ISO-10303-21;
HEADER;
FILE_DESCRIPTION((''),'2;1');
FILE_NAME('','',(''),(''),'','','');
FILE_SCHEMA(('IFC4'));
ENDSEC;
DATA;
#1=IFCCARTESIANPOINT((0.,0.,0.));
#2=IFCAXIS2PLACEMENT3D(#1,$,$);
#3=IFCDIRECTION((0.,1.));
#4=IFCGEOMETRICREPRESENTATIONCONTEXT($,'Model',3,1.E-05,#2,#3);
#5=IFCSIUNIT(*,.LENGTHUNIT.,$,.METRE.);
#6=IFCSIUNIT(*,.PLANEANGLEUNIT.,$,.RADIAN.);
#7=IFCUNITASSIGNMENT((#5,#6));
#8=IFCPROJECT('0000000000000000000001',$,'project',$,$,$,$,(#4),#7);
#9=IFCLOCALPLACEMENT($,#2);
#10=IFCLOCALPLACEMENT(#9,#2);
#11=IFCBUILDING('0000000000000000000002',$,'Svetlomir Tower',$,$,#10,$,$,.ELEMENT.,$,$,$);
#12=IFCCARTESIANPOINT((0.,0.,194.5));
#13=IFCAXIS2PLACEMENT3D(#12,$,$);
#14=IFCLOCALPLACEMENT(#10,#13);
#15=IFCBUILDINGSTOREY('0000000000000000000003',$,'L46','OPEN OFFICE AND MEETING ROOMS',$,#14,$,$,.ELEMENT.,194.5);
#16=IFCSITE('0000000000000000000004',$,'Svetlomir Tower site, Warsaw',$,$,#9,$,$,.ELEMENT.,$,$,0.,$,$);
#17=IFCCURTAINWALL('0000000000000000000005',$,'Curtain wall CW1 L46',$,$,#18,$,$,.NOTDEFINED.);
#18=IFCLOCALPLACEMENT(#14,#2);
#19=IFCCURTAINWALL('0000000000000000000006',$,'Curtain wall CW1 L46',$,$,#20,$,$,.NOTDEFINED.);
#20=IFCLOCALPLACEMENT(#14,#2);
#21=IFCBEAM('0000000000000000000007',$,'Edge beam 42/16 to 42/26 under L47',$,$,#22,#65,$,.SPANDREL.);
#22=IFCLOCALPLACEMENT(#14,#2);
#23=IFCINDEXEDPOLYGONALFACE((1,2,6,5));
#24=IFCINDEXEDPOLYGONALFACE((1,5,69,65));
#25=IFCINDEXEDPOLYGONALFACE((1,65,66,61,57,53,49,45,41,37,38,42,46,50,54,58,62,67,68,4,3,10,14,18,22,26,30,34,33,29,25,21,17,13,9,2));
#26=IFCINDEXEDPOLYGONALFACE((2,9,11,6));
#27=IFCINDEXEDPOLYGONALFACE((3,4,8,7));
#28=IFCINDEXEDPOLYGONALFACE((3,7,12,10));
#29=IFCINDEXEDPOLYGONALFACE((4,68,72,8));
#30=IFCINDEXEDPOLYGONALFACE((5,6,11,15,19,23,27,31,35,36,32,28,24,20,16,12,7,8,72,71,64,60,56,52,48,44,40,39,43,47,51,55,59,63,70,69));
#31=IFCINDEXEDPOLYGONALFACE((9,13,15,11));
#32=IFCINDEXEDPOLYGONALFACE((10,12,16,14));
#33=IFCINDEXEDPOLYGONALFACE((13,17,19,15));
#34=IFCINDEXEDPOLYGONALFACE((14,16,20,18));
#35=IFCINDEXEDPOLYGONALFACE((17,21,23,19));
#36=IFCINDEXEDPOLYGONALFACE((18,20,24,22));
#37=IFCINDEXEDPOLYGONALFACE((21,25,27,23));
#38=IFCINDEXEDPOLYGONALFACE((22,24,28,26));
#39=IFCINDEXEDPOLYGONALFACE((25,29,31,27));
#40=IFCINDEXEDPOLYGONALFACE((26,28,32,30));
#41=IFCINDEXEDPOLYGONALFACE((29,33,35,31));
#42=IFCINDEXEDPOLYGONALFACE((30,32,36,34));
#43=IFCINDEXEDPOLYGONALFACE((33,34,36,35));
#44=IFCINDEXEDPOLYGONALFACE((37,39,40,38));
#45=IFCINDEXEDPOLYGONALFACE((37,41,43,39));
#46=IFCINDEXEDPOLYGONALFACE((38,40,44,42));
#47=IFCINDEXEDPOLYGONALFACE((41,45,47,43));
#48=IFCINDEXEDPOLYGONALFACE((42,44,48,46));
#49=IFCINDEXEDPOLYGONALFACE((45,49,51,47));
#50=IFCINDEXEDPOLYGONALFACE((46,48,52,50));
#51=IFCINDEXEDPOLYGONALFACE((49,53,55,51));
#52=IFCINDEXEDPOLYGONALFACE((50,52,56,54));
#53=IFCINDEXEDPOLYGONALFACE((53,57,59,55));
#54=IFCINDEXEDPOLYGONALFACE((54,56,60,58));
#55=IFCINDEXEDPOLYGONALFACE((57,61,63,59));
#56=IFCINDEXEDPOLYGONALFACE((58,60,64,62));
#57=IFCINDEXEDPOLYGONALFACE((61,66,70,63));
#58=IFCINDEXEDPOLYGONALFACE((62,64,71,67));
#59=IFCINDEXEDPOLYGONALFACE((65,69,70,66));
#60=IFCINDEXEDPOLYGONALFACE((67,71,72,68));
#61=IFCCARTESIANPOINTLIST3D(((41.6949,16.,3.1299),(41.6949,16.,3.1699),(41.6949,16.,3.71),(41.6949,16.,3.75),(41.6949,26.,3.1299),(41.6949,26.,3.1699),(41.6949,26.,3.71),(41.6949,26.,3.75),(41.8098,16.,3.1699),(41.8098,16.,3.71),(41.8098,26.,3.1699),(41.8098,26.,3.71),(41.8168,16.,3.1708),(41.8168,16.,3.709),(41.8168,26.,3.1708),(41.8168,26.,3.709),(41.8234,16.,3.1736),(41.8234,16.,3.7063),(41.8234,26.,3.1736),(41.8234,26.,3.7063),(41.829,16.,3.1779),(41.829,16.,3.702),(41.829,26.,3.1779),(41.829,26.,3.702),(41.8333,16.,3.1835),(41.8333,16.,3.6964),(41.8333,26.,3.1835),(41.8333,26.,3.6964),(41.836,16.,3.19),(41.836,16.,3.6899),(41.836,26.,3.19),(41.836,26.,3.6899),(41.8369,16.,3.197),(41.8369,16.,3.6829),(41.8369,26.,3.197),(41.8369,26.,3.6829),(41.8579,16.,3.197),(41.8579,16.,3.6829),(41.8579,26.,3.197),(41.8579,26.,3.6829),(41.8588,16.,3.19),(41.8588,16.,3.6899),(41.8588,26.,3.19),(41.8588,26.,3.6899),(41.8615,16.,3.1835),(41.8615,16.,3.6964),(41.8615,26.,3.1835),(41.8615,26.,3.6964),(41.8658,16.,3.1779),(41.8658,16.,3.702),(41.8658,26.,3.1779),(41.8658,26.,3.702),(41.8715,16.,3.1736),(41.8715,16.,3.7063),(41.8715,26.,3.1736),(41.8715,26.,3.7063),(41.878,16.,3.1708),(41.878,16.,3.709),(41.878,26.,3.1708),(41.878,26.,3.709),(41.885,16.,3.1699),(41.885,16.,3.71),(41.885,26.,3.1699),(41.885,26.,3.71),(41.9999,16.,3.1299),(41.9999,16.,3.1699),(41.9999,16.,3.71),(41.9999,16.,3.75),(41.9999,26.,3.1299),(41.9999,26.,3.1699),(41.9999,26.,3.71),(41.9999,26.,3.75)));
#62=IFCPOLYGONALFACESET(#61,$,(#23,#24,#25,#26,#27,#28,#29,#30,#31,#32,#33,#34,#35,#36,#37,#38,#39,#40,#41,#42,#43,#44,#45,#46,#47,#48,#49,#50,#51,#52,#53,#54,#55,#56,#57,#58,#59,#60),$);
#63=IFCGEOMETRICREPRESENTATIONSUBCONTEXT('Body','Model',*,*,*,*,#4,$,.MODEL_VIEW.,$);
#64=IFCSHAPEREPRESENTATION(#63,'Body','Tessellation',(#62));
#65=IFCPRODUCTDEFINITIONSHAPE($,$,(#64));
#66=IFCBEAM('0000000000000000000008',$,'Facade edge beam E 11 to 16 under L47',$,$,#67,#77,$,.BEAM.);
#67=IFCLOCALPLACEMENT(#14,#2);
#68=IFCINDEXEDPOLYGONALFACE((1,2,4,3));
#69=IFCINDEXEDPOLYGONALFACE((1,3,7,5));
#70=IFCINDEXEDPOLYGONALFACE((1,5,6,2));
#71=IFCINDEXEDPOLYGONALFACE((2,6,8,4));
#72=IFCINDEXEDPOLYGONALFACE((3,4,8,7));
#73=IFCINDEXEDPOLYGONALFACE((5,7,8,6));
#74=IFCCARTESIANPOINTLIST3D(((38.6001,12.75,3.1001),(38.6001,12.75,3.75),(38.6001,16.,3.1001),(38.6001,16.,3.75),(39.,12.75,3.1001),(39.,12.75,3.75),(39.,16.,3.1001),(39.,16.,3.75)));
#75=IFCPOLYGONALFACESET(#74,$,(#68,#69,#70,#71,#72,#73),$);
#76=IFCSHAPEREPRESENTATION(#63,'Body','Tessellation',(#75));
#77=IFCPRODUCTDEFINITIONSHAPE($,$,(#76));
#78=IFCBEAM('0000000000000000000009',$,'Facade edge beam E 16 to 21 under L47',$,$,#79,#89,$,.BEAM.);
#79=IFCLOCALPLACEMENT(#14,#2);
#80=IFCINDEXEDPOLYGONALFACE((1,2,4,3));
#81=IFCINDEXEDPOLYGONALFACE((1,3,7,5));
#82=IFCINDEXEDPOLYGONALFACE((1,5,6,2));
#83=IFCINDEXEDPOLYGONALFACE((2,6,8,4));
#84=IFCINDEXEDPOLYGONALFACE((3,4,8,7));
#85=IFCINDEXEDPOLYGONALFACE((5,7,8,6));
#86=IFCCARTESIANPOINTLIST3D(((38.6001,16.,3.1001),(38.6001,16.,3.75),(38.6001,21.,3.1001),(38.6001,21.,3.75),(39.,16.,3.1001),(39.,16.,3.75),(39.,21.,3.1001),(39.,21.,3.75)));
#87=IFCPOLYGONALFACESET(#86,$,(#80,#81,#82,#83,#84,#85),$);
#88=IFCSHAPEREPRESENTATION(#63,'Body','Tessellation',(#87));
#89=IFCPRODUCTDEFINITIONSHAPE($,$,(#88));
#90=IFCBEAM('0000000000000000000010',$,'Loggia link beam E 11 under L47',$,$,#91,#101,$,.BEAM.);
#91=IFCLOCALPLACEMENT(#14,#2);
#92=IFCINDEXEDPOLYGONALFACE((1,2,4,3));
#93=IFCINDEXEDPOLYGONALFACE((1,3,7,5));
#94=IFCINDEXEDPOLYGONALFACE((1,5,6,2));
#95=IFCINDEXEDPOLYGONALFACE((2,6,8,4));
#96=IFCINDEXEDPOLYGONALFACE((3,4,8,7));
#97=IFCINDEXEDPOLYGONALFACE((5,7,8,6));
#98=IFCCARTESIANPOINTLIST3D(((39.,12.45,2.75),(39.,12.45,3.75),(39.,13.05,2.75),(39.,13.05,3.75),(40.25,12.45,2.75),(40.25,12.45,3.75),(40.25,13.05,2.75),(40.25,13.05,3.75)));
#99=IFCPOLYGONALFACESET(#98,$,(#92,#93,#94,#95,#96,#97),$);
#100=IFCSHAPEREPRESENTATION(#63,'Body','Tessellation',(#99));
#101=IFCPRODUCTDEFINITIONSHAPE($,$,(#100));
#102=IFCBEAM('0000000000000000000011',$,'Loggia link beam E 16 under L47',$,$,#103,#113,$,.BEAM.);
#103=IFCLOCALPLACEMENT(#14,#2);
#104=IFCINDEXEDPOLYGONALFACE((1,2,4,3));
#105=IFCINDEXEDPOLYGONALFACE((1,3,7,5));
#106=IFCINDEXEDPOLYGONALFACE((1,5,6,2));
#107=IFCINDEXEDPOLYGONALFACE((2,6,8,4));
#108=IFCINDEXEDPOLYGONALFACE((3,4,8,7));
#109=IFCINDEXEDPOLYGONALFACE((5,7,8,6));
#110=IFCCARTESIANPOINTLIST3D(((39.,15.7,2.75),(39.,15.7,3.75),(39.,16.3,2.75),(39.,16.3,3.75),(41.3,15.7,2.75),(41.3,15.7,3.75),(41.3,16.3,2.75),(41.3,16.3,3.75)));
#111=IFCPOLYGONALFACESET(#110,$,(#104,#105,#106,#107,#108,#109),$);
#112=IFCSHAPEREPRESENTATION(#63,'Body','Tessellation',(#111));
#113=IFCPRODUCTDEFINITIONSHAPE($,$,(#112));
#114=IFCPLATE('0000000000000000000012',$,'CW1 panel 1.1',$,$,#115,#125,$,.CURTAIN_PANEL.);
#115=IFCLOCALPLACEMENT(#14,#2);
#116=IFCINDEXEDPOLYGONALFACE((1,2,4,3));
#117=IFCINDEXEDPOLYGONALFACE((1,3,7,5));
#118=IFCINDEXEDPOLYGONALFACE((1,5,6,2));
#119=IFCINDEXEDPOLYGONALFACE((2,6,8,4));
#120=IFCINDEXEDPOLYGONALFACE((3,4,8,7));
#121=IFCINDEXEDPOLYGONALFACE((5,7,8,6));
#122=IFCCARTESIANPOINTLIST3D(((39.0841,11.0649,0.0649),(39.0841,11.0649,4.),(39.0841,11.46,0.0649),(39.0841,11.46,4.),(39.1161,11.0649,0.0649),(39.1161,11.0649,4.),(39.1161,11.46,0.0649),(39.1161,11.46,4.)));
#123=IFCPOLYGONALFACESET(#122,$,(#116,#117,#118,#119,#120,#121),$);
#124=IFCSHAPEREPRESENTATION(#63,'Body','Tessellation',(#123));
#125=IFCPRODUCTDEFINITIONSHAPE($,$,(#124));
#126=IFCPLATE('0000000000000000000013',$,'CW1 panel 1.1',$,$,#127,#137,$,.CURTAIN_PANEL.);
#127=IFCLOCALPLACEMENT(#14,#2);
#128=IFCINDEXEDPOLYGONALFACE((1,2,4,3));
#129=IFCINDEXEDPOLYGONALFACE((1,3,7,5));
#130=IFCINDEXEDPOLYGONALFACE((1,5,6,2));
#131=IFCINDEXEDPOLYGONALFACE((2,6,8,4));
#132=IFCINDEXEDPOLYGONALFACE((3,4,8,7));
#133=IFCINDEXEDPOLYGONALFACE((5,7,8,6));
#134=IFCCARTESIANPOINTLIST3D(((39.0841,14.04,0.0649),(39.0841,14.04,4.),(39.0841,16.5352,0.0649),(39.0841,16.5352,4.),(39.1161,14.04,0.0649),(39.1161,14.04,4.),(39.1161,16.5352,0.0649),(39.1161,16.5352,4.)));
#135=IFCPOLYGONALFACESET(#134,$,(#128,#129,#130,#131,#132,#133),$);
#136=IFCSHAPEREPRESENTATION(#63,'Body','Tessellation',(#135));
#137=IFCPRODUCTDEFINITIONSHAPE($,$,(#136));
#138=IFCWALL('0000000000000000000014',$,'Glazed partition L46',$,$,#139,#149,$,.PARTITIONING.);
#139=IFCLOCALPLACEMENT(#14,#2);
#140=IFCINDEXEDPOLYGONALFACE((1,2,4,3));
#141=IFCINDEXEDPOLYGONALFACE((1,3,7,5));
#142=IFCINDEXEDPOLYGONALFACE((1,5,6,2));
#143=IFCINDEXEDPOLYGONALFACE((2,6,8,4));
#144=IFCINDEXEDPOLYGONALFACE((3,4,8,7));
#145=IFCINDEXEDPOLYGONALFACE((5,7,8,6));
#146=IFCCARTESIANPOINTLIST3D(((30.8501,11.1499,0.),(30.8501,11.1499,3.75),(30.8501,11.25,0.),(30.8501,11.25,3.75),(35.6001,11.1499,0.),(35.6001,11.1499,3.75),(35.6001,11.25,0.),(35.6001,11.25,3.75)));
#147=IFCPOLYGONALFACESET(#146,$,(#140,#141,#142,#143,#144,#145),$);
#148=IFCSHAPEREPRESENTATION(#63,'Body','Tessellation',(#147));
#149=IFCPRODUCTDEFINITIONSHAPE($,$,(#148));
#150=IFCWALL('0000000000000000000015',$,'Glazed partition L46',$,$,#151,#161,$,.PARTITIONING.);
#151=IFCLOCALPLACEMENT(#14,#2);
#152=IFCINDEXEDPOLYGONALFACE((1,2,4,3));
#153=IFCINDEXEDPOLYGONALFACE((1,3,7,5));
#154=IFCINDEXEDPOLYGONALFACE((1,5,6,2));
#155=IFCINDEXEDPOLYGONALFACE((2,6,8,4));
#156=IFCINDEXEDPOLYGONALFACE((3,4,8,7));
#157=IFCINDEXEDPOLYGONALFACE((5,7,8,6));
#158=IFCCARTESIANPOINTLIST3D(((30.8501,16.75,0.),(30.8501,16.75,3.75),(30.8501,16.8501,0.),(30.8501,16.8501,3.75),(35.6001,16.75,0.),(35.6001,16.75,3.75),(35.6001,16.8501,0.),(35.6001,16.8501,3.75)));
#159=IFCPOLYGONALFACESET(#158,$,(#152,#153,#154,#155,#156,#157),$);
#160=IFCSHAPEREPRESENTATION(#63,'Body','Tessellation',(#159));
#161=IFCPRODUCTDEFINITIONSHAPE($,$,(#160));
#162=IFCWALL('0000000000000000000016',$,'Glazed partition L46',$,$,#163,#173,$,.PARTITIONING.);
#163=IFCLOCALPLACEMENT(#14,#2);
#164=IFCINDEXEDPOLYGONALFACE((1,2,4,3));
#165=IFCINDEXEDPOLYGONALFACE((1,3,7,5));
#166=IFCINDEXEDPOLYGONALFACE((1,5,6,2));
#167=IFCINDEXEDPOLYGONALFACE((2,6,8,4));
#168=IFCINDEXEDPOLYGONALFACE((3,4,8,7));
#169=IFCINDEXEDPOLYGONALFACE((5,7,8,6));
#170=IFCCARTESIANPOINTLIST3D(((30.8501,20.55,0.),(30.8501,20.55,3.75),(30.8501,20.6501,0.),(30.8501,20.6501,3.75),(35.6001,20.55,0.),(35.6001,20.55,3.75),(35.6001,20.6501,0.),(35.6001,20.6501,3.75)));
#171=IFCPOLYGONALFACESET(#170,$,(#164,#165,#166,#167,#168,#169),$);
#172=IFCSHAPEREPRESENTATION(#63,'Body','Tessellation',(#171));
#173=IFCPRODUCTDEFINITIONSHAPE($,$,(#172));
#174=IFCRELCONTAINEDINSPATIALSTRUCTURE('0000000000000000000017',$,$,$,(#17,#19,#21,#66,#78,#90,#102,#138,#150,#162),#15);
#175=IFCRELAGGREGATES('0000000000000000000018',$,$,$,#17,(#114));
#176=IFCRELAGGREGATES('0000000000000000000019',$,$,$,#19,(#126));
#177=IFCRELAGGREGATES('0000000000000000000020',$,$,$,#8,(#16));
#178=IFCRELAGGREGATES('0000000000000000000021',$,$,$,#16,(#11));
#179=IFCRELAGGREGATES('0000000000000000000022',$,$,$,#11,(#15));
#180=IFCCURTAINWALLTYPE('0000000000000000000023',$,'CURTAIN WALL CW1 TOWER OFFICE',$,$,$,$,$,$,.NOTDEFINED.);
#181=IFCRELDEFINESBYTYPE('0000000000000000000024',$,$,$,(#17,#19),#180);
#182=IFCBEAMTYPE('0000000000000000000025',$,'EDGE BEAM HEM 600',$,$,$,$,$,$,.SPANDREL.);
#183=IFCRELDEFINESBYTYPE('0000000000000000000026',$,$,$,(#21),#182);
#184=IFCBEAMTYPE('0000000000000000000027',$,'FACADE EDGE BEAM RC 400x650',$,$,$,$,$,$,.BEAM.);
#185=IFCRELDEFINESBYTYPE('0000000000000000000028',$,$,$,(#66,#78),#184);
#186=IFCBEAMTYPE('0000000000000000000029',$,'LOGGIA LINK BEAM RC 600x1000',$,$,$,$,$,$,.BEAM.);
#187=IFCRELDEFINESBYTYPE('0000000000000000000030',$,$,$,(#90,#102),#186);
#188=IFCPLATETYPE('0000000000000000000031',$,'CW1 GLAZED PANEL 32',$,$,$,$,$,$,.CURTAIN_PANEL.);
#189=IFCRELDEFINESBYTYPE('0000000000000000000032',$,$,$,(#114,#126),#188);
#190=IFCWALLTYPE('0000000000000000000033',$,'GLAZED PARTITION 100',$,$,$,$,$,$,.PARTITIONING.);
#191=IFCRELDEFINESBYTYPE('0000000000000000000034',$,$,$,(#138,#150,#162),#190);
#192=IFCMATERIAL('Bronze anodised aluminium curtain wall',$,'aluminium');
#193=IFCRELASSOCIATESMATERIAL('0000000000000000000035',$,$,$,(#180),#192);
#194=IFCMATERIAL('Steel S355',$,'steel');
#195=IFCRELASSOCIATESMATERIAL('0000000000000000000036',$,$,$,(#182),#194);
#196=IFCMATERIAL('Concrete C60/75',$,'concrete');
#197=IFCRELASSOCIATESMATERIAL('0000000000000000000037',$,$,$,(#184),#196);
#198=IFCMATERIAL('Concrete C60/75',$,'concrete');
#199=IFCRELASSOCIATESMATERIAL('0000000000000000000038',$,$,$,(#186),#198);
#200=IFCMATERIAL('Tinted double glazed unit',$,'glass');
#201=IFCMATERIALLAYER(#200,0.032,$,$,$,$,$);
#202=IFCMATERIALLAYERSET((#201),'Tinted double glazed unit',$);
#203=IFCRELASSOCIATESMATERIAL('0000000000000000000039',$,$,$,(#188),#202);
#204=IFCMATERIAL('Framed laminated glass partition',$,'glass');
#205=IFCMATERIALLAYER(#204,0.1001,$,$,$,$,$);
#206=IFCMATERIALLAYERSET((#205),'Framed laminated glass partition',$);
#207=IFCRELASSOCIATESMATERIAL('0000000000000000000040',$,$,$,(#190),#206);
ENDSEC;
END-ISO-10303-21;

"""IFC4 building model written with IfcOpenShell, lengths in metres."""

from ifc_helpers import new_model, si_unit, direction, frame, frame_2d, origin, origin_2d, place, context, subcontext, project, spatial, rectangle, i_section, extrude, material, layer, layer_set, material_profile, profile_set, type_object, element, aggregate, save


model = new_model("IFC4")

# Units and contexts
model_context = context("Model", 3, precision=1e-05, world=origin(), true_north=direction((0.0, 1.0)))
body_context = subcontext(model_context, "Body", "Model", "MODEL_VIEW")
ifc_project = project(units=[si_unit("LENGTHUNIT", "METRE"), si_unit("PLANEANGLEUNIT", "RADIAN")], contexts=[model_context])

# Site, building, storey
site_placement = place(None, origin())
site = spatial("IfcSite", under=ifc_project, at=site_placement, Name="Svetlomir Tower site, Warsaw", CompositionType="ELEMENT", RefElevation=0.0)
building_placement = place(site_placement, origin())
building = spatial("IfcBuilding", under=site, at=building_placement, Name="Svetlomir Tower", CompositionType="ELEMENT")
storey_placement = place(building_placement, frame((0.0, 0.0, 194.5)))
storey = spatial("IfcBuildingStorey", under=building, at=storey_placement, Name="L46", Description="OPEN OFFICE AND MEETING ROOMS", CompositionType="ELEMENT", Elevation=194.5)

# Shared definitions
ifc_material_1 = material(Name="Bronze anodised aluminium curtain wall", Category="aluminium")
curtain_wall_type = type_object("IfcCurtainWallType", Name="CURTAIN WALL CW1 TOWER OFFICE", PredefinedType="NOTDEFINED", material=ifc_material_1)

# Curtain walls
curtain_wall_1_placement = place(storey_placement, origin())
curtain_wall_1 = element("IfcCurtainWall", 1, at=curtain_wall_1_placement, inside=storey, type_object=curtain_wall_type, Name="Curtain wall CW1 L46", PredefinedType="NOTDEFINED")
curtain_wall_2_placement = place(storey_placement, origin())
curtain_wall_2 = element("IfcCurtainWall", 2, at=curtain_wall_2_placement, inside=storey, type_object=curtain_wall_type, Name="Curtain wall CW1 L46", PredefinedType="NOTDEFINED")

# Beams
ifc_material_2 = material(Name="Steel S355", Category="steel")
ifc_material_profile_1 = material_profile(ifc_material_2, i_section(OverallWidth=0.3049, OverallDepth=0.6201, WebThickness=0.021, FlangeThickness=0.04, FilletRadius=0.0271, at=origin_2d()), Name="HEM 600")
ifc_profile_set_1 = profile_set([ifc_material_profile_1], Name="Steel S355")
beam_type_1 = type_object("IfcBeamType", Name="EDGE BEAM HEM 600", PredefinedType="SPANDREL", material=ifc_profile_set_1)
beam_1_placement = place(storey_placement, frame((41.8474, 16.0, 3.4399), z_axis=(0.0, 1.0, 0.0), x_axis=(-1.0, 0.0, 0.0)))
element("IfcBeam", 3, at=beam_1_placement, inside=storey, type_object=beam_type_1, Name="Edge beam 42/16 to 42/26 under L47", PredefinedType="SPANDREL", context=body_context, shape_type="SweptSolid", body=[
    extrude(i_section(OverallWidth=0.3049, OverallDepth=0.6201, WebThickness=0.021, FlangeThickness=0.04, FilletRadius=0.0271, at=origin_2d()), origin(), (0.0, 0.0, 1.0), 10.0),
])
ifc_material_3 = material(Name="Concrete C60/75", Category="concrete")
ifc_material_profile_2 = material_profile(ifc_material_3, rectangle(XDim=0.3999, YDim=0.6499, at=origin_2d()), Name="RC 400x650")
ifc_profile_set_2 = profile_set([ifc_material_profile_2], Name="Concrete C60/75")
beam_type_2 = type_object("IfcBeamType", Name="FACADE EDGE BEAM RC 400x650", PredefinedType="BEAM", material=ifc_profile_set_2)
beam_2_placement = place(storey_placement, frame((38.8, 12.75, 3.425), z_axis=(0.0, 1.0, 0.0), x_axis=(-1.0, 0.0, 0.0)))
element("IfcBeam", 4, at=beam_2_placement, inside=storey, type_object=beam_type_2, Name="Facade edge beam E 11 to 16 under L47", PredefinedType="BEAM", context=body_context, shape_type="SweptSolid", body=[
    extrude(rectangle(XDim=0.3999, YDim=0.6499, at=origin_2d()), origin(), (0.0, 0.0, 1.0), 3.25),
])
beam_3_placement = place(storey_placement, frame((38.8, 16.0, 3.425), z_axis=(0.0, 1.0, 0.0), x_axis=(-1.0, 0.0, 0.0)))
element("IfcBeam", 5, at=beam_3_placement, inside=storey, type_object=beam_type_2, Name="Facade edge beam E 16 to 21 under L47", PredefinedType="BEAM", context=body_context, shape_type="SweptSolid", body=[
    extrude(rectangle(XDim=0.3999, YDim=0.6499, at=origin_2d()), origin(), (0.0, 0.0, 1.0), 5.0),
])
ifc_material_4 = material(Name="Concrete C60/75", Category="concrete")
ifc_material_profile_3 = material_profile(ifc_material_4, rectangle(XDim=0.6001, YDim=1.0, at=origin_2d()), Name="RC 600x1000")
ifc_profile_set_3 = profile_set([ifc_material_profile_3], Name="Concrete C60/75")
beam_type_3 = type_object("IfcBeamType", Name="LOGGIA LINK BEAM RC 600x1000", PredefinedType="BEAM", material=ifc_profile_set_3)
beam_4_placement = place(storey_placement, frame((40.25, 12.75, 3.25), z_axis=(-1.0, 0.0, 0.0), x_axis=(0.0, -1.0, 0.0)))
element("IfcBeam", 6, at=beam_4_placement, inside=storey, type_object=beam_type_3, Name="Loggia link beam E 11 under L47", PredefinedType="BEAM", context=body_context, shape_type="SweptSolid", body=[
    extrude(rectangle(XDim=0.6001, YDim=1.0, at=origin_2d()), origin(), (0.0, 0.0, 1.0), 1.25),
])
beam_5_placement = place(storey_placement, frame((41.3, 16.0, 3.25), z_axis=(-1.0, 0.0, 0.0), x_axis=(0.0, -1.0, 0.0)))
element("IfcBeam", 7, at=beam_5_placement, inside=storey, type_object=beam_type_3, Name="Loggia link beam E 16 under L47", PredefinedType="BEAM", context=body_context, shape_type="SweptSolid", body=[
    extrude(rectangle(XDim=0.6001, YDim=1.0, at=origin_2d()), origin(), (0.0, 0.0, 1.0), 2.3),
])

# Plates
ifc_material_5 = material(Name="Tinted double glazed unit", Category="glass")
ifc_layer_1 = layer(ifc_material_5, 0.032)
ifc_layer_set_1 = layer_set([ifc_layer_1], Name="Tinted double glazed unit")
plate_type = type_object("IfcPlateType", Name="CW1 GLAZED PANEL 32", PredefinedType="CURTAIN_PANEL", material=ifc_layer_set_1)
plate_1_placement = place(storey_placement, frame((39.1001, 11.2625, 0.0649), z_axis=(0.0, 0.0, 1.0), x_axis=(0.0, 1.0, 0.0)))
plate_1 = element("IfcPlate", 8, at=plate_1_placement, type_object=plate_type, Name="CW1 panel 1.1", PredefinedType="CURTAIN_PANEL", context=body_context, shape_type="SweptSolid", body=[
    extrude(rectangle(XDim=0.395, YDim=0.032, at=origin_2d()), origin(), (0.0, 0.0, 1.0), 3.9351),
])
aggregate(curtain_wall_1, [plate_1])
plate_2_placement = place(storey_placement, frame((39.1001, 15.2876, 0.0649), z_axis=(0.0, 0.0, 1.0), x_axis=(0.0, 1.0, 0.0)))
plate_2 = element("IfcPlate", 9, at=plate_2_placement, type_object=plate_type, Name="CW1 panel 1.1", PredefinedType="CURTAIN_PANEL", context=body_context, shape_type="SweptSolid", body=[
    extrude(rectangle(XDim=2.4951, YDim=0.032, at=origin_2d()), origin(), (0.0, 0.0, 1.0), 3.9351),
])
aggregate(curtain_wall_2, [plate_2])

# Walls
ifc_material_6 = material(Name="Framed laminated glass partition", Category="glass")
ifc_layer_2 = layer(ifc_material_6, 0.1001)
ifc_layer_set_2 = layer_set([ifc_layer_2], Name="Framed laminated glass partition")
wall_type_1 = type_object("IfcWallType", Name="GLAZED PARTITION 100", PredefinedType="PARTITIONING", material=ifc_layer_set_2)
for number, where, z_axis, x_axis, name in (
    (10, (30.8501, 11.2, 0.0), (0.0, 0.0, 1.0), (1.0, 0.0, 0.0), "Glazed partition L46"),
    (11, (30.8501, 16.8, 0.0), (0.0, 0.0, 1.0), (1.0, 0.0, 0.0), "Glazed partition L46"),
    (12, (30.8501, 20.6001, 0.0), (0.0, 0.0, 1.0), (1.0, 0.0, 0.0), "Glazed partition L46"),
):
    element("IfcWall", number, at=place(storey_placement, frame(where, z_axis=z_axis, x_axis=x_axis)), inside=storey, type_object=wall_type_1, Name=name, PredefinedType="PARTITIONING", context=body_context, shape_type="SweptSolid", body=[
        extrude(rectangle(XDim=4.75, YDim=0.1001, at=frame_2d((2.375, 0.0))), origin(), (0.0, 0.0, 1.0), 3.75),
    ])

save(model, "model.ifc")
